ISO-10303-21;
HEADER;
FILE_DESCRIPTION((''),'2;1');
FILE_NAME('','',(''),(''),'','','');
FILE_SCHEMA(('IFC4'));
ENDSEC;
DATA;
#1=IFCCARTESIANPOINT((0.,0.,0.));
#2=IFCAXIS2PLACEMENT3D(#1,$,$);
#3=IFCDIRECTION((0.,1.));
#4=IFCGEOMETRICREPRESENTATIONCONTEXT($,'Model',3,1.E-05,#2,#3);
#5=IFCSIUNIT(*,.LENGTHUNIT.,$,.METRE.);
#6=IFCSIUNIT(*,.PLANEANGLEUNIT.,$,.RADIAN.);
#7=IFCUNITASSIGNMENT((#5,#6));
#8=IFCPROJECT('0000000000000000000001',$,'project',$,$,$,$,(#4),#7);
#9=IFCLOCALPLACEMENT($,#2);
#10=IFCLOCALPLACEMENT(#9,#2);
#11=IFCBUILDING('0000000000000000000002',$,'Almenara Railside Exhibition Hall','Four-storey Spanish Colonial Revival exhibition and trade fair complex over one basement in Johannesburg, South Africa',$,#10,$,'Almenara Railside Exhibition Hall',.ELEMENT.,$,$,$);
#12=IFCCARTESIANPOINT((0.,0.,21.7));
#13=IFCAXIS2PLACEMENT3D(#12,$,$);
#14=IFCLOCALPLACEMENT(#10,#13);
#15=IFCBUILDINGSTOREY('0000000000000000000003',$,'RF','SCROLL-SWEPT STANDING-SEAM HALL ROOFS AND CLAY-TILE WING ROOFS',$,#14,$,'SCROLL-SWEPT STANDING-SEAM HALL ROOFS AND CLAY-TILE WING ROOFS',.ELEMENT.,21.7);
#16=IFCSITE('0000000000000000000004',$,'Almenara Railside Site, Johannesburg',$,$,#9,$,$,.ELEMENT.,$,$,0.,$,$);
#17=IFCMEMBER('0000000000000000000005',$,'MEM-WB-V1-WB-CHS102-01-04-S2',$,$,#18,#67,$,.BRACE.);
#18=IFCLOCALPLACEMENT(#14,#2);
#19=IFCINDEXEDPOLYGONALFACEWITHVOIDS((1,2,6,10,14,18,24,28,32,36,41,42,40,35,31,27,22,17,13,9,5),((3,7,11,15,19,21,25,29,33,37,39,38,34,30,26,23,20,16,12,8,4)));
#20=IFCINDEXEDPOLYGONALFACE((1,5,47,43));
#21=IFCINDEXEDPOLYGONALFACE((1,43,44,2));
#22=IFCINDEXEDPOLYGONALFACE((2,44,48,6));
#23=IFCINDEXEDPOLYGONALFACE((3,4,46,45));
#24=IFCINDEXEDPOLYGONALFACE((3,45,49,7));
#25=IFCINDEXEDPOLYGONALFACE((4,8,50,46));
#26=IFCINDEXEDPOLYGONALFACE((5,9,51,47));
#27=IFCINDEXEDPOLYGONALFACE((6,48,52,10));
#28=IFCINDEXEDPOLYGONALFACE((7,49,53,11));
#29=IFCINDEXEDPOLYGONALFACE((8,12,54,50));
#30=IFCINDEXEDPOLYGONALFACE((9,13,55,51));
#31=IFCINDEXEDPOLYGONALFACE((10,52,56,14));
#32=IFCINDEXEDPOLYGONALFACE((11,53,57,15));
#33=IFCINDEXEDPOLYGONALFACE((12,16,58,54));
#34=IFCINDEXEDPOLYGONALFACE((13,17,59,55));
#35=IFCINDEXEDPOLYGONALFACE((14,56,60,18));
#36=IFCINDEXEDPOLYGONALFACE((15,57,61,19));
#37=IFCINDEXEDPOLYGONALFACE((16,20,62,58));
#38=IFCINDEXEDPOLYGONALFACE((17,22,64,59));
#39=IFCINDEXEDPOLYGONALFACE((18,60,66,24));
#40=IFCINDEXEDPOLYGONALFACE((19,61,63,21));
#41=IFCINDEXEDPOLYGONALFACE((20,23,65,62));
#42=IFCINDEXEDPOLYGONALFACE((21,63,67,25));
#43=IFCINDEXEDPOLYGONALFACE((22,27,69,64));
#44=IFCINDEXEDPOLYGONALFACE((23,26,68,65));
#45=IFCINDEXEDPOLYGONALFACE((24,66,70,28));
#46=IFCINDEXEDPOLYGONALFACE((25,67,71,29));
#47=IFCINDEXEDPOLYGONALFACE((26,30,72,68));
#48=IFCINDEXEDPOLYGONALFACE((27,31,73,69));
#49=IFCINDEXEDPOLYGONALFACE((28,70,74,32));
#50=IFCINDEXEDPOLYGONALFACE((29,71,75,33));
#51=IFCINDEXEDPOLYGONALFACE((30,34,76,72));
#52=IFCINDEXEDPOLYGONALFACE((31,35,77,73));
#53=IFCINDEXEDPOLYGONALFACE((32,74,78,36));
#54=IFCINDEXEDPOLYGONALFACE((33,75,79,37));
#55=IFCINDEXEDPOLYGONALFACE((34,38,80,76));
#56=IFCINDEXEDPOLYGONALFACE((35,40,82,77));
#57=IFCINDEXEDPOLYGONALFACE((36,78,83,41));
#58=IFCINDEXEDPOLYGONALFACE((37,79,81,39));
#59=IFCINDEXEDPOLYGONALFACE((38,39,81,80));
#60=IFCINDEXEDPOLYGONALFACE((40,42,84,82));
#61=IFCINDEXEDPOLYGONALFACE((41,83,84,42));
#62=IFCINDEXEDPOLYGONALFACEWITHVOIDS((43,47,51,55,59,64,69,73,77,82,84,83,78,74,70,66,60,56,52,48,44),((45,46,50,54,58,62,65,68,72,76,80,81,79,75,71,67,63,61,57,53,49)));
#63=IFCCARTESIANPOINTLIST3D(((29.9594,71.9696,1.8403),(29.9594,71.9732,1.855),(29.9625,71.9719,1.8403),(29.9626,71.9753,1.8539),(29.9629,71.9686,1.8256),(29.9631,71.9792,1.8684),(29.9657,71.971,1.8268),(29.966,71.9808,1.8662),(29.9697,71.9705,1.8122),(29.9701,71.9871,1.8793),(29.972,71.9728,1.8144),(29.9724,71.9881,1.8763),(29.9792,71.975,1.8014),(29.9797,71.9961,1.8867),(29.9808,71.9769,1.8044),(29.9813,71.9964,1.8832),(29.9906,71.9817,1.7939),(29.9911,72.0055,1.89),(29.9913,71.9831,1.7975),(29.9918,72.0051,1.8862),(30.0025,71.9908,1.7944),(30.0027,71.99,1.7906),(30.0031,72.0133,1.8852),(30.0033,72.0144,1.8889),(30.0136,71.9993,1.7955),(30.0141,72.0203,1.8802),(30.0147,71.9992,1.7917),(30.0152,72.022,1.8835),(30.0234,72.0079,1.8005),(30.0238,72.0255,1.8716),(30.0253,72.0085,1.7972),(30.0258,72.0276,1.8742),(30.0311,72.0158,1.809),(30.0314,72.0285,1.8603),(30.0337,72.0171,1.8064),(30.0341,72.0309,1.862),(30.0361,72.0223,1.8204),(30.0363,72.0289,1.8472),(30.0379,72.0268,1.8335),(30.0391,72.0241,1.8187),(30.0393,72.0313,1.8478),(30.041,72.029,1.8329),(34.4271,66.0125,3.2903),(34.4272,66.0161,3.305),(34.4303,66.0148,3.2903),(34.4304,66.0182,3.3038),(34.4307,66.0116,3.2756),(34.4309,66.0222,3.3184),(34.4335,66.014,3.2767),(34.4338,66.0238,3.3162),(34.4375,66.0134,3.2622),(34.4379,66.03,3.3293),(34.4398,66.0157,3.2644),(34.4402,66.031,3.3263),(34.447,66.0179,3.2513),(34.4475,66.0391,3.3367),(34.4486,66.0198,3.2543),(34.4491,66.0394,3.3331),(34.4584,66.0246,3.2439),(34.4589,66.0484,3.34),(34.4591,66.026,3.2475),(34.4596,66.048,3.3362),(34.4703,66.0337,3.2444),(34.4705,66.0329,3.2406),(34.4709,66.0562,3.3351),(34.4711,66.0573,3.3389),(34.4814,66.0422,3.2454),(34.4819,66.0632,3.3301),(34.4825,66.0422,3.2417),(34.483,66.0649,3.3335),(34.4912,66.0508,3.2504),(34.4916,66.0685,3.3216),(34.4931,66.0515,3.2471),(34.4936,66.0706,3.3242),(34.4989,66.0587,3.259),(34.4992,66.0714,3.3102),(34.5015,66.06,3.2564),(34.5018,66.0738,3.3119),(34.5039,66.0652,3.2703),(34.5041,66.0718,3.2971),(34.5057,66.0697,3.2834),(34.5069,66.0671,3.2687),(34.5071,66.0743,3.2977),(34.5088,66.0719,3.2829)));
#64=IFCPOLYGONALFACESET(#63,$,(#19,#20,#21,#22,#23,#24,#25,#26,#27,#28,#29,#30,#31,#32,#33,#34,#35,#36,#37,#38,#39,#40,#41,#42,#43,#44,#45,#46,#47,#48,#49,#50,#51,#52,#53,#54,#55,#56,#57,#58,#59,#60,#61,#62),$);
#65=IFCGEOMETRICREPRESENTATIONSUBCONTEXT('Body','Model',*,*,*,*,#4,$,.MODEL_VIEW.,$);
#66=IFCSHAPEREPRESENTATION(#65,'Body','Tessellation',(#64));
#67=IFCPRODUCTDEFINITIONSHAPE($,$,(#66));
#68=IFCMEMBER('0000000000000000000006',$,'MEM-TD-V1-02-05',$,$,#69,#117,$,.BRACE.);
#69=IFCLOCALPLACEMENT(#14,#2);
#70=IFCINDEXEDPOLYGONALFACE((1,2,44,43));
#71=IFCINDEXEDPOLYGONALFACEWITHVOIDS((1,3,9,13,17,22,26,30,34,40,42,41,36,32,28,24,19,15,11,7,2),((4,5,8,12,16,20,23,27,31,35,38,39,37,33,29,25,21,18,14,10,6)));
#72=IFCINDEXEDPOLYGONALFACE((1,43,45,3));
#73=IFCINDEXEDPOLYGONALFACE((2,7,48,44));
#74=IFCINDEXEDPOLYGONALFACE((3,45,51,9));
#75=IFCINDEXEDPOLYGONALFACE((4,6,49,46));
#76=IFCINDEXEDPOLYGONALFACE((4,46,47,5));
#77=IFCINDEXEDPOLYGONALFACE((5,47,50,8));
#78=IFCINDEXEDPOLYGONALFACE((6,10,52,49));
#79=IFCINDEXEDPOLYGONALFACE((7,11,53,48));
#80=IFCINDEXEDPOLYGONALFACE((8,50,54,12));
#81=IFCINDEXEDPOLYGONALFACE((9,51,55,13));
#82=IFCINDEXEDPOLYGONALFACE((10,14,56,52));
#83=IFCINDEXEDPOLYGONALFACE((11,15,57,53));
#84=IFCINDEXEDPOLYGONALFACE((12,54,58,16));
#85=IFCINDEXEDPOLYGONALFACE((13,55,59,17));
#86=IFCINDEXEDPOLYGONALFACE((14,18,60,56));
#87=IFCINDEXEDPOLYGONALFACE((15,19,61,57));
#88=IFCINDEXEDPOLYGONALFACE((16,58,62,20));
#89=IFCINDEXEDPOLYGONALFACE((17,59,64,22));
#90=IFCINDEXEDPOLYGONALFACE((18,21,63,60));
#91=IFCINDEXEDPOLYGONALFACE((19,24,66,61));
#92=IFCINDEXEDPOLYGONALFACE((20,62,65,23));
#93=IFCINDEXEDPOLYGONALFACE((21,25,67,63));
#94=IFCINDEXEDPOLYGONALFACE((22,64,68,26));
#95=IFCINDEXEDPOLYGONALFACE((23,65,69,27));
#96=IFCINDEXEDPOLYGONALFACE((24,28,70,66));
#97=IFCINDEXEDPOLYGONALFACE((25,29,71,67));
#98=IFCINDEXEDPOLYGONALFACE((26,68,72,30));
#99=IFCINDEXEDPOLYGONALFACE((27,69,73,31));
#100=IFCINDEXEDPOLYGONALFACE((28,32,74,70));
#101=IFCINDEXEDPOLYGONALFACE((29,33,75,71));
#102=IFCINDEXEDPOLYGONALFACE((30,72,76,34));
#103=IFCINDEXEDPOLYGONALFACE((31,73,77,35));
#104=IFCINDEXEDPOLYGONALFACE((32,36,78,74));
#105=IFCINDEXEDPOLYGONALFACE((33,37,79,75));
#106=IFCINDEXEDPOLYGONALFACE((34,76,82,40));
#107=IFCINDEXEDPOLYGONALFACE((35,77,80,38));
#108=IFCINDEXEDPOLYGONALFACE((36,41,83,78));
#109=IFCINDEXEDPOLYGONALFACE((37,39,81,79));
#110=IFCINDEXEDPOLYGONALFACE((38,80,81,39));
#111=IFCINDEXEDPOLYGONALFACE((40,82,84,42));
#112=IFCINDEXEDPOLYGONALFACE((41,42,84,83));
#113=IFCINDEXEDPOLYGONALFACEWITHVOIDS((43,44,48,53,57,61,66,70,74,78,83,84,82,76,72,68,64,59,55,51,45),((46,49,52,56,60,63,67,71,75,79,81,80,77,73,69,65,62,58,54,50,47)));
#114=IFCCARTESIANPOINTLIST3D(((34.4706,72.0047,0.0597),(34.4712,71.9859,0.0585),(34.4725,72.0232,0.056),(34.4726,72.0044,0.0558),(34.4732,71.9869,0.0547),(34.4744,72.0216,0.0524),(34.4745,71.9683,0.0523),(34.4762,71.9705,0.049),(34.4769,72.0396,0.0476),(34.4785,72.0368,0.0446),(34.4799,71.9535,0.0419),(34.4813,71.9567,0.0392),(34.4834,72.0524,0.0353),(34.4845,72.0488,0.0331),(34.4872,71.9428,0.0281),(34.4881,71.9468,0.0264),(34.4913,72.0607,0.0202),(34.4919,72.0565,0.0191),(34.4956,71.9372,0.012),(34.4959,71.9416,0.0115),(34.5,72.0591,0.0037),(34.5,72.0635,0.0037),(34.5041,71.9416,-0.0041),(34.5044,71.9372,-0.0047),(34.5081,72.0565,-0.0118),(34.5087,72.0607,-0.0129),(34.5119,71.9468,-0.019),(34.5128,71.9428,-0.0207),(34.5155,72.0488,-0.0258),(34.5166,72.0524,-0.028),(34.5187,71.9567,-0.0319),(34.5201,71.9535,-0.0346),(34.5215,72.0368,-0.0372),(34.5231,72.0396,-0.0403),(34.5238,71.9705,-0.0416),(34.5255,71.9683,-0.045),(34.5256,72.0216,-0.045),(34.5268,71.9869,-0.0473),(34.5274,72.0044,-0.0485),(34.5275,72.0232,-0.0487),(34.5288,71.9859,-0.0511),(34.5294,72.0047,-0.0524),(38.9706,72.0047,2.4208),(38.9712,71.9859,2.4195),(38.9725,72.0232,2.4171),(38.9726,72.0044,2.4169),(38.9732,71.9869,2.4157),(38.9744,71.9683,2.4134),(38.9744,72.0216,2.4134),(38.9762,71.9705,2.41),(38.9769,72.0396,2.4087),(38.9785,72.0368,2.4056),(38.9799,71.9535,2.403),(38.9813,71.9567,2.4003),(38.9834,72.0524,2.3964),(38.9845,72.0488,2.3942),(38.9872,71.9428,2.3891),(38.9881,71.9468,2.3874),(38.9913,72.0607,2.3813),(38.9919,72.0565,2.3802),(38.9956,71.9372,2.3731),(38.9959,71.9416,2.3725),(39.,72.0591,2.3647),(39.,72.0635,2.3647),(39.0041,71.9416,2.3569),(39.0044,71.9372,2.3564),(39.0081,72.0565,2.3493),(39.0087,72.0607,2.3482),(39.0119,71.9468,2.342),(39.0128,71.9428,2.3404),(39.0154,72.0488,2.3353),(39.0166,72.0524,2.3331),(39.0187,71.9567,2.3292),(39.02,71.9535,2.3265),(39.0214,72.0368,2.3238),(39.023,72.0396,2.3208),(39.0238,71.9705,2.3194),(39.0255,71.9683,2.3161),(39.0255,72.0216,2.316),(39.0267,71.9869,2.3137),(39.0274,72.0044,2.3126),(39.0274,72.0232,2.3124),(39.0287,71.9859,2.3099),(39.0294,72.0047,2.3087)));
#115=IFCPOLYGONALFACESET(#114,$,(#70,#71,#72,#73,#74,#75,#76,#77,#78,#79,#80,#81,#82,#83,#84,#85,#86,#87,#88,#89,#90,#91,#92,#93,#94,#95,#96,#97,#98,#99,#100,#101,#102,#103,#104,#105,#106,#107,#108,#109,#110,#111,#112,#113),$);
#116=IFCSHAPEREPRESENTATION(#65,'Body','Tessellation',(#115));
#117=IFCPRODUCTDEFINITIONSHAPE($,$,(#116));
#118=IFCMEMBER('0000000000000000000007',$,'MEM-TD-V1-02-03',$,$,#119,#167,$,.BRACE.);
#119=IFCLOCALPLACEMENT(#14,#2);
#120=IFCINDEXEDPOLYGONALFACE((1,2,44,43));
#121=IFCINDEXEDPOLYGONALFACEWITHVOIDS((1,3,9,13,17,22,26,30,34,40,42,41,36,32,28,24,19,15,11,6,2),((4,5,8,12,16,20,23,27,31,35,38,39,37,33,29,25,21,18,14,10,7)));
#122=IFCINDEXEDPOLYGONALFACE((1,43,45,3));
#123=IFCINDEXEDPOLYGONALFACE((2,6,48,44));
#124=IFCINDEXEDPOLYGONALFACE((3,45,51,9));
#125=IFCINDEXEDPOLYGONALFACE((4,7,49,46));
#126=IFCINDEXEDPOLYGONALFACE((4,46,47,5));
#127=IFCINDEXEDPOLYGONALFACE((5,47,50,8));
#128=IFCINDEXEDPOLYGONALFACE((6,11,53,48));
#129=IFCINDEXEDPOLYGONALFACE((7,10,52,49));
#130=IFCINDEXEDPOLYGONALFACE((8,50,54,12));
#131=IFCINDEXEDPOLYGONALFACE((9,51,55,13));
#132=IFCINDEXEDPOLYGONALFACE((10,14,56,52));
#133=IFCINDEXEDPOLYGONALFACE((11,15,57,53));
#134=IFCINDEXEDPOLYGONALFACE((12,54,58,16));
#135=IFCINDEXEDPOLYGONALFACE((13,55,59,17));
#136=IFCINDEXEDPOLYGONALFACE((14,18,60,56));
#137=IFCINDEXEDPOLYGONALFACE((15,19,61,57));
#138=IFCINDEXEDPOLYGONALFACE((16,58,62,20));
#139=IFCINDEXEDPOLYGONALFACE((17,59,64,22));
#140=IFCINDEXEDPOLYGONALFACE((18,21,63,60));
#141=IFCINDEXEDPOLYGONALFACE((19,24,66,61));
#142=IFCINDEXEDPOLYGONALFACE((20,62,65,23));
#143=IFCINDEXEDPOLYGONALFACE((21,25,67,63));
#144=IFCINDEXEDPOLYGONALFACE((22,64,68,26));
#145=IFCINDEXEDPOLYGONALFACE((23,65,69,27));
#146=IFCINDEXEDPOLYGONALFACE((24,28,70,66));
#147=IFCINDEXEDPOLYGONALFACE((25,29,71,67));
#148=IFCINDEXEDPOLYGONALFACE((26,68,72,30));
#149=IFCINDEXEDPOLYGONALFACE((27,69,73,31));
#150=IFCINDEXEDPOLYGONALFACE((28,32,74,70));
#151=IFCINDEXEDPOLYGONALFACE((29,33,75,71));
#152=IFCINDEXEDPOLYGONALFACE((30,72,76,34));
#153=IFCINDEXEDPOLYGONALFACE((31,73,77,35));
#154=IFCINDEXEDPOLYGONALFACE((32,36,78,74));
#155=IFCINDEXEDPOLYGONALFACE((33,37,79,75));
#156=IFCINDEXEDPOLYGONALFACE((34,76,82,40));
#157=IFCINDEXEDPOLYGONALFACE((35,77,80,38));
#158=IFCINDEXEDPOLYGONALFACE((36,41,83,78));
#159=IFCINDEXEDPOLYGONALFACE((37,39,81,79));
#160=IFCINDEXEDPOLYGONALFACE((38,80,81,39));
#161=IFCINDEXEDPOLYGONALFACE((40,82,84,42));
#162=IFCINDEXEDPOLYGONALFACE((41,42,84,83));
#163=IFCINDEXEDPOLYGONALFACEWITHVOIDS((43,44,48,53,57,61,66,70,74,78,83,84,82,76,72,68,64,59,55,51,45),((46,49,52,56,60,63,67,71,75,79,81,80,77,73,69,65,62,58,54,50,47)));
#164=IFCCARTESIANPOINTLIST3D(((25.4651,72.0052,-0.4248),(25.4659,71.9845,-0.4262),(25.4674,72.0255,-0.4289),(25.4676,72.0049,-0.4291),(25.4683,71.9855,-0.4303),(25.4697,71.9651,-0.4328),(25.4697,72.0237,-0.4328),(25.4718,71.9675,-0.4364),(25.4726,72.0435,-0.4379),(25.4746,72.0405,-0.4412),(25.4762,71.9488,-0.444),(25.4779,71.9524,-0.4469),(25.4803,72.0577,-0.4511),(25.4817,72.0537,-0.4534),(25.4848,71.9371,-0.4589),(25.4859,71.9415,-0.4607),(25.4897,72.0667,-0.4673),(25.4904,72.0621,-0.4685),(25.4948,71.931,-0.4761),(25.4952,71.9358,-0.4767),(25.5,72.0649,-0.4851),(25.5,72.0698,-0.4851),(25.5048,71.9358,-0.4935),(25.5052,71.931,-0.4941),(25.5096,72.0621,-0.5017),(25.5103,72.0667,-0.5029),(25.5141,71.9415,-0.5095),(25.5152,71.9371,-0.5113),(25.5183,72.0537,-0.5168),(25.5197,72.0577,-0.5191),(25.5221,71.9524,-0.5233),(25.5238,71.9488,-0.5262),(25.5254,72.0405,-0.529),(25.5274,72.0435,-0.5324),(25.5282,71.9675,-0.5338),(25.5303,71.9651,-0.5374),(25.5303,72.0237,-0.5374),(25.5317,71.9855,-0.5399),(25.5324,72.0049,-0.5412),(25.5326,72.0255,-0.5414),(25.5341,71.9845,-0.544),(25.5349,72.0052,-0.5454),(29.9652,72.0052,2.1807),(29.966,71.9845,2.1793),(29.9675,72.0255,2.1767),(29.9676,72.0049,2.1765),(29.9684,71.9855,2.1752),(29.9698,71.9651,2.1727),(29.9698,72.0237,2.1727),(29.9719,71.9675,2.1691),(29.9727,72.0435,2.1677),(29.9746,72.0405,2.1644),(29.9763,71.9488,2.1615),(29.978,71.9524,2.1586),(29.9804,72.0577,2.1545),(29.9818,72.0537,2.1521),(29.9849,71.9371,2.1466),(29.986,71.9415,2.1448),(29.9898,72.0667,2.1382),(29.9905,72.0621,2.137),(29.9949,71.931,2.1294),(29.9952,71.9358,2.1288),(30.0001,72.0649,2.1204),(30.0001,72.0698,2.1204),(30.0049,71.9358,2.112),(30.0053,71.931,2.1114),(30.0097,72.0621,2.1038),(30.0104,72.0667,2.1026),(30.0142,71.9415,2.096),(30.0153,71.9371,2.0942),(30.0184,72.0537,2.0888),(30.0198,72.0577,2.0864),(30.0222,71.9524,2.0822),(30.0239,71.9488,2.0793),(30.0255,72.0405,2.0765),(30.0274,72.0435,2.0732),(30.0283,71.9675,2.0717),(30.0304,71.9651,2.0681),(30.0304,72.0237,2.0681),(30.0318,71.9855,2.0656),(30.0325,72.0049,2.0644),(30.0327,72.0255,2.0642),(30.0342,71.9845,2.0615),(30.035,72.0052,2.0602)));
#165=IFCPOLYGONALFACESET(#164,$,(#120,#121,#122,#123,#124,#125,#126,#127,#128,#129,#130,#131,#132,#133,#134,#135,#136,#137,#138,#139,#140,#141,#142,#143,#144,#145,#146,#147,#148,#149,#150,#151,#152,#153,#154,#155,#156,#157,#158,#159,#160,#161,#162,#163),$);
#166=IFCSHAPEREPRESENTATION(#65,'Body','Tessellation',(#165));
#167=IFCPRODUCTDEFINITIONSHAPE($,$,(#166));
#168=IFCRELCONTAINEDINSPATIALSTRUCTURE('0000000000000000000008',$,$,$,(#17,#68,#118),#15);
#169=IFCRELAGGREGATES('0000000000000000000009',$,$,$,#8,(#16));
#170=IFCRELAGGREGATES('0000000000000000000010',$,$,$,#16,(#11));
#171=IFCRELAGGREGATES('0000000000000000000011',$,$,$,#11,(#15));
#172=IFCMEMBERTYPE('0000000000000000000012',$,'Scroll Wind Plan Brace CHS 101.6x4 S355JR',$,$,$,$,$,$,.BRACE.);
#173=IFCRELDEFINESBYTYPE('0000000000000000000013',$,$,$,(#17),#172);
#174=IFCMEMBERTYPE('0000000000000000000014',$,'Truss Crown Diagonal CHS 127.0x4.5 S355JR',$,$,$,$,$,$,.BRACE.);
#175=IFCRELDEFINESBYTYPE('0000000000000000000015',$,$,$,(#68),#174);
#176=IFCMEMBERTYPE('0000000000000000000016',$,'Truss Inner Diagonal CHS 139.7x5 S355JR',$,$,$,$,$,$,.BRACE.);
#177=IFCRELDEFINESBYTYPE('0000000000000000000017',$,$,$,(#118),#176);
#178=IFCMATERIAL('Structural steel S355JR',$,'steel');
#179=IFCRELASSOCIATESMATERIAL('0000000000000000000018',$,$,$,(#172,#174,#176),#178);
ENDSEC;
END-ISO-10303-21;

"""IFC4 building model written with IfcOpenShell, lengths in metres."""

from ifc_helpers import new_model, si_unit, direction, frame, origin, origin_2d, place, context, subcontext, project, spatial, hollow_circle, extrude, material, material_profile, profile_set, type_object, element, save


model = new_model("IFC4")

# Units and contexts
model_context = context("Model", 3, precision=1e-05, world=origin(), true_north=direction((0.0, 1.0)))
body_context = subcontext(model_context, "Body", "Model", "MODEL_VIEW")
ifc_project = project(units=[si_unit("LENGTHUNIT", "METRE"), si_unit("PLANEANGLEUNIT", "RADIAN")], contexts=[model_context])

# Site, building, storey
site_placement = place(None, origin())
site = spatial("IfcSite", under=ifc_project, at=site_placement, Name="Almenara Railside Site, Johannesburg", CompositionType="ELEMENT", RefElevation=0.0)
building_placement = place(site_placement, origin())
building = spatial("IfcBuilding", under=site, at=building_placement, Name="Almenara Railside Exhibition Hall", Description="Four-storey Spanish Colonial Revival exhibition and trade fair complex over one basement in Johannesburg, South Africa", LongName="Almenara Railside Exhibition Hall", CompositionType="ELEMENT")
storey_placement = place(building_placement, frame((0.0, 0.0, 21.7)))
storey = spatial("IfcBuildingStorey", under=building, at=storey_placement, Name="RF", Description="SCROLL-SWEPT STANDING-SEAM HALL ROOFS AND CLAY-TILE WING ROOFS", LongName="SCROLL-SWEPT STANDING-SEAM HALL ROOFS AND CLAY-TILE WING ROOFS", CompositionType="ELEMENT", Elevation=21.7)

# Members
ifc_material_1 = material(Name="Structural steel S355JR", Category="steel")
ifc_material_profile_1 = material_profile(ifc_material_1, hollow_circle(Radius=0.0508, WallThickness=0.0039, at=origin_2d()), Name="CHS 101.6x4")
ifc_profile_set_1 = profile_set([ifc_material_profile_1], Name="Structural steel S355JR")
member_type_1 = type_object("IfcMemberType", Name="Scroll Wind Plan Brace CHS 101.6x4 S355JR", PredefinedType="BRACE", material=ifc_profile_set_1)
member_1_placement = place(storey_placement, frame((34.4678, 66.043, 3.2903), z_axis=(-0.588939, 0.785252, -0.191132), x_axis=(-0.8, -0.6, 0.0)))
element("IfcMember", 1, at=member_1_placement, inside=storey, type_object=member_type_1, Name="MEM-WB-V1-WB-CHS102-01-04-S2", PredefinedType="BRACE", context=body_context, shape_type="SweptSolid", body=[
    extrude(hollow_circle(Radius=0.0508, WallThickness=0.0039, at=origin_2d()), origin(), (0.0, 0.0, 1.0), 7.5862),
])
ifc_material_profile_2 = material_profile(ifc_material_1, hollow_circle(Radius=0.0635, WallThickness=0.0044, at=origin_2d()), Name="CHS 127.0x4.5")
ifc_profile_set_2 = profile_set([ifc_material_profile_2], Name="Structural steel S355JR")
member_type_2 = type_object("IfcMemberType", Name="Truss Crown Diagonal CHS 127.0x4.5 S355JR", PredefinedType="BRACE", material=ifc_profile_set_2)
member_2_placement = place(storey_placement, frame((34.5, 72.0, 0.0037), z_axis=(0.885513, 0.0, 0.464615), x_axis=(0.0, 1.0, 0.0)))
element("IfcMember", 2, at=member_2_placement, inside=storey, type_object=member_type_2, Name="MEM-TD-V1-02-05", PredefinedType="BRACE", context=body_context, shape_type="SweptSolid", body=[
    extrude(hollow_circle(Radius=0.0635, WallThickness=0.0044, at=origin_2d()), origin(), (0.0, 0.0, 1.0), 5.0818),
])
ifc_material_profile_3 = material_profile(ifc_material_1, hollow_circle(Radius=0.0698, WallThickness=0.0049, at=origin_2d()), Name="CHS 139.7x5")
ifc_profile_set_3 = profile_set([ifc_material_profile_3], Name="Structural steel S355JR")
member_type_3 = type_object("IfcMemberType", Name="Truss Inner Diagonal CHS 139.7x5 S355JR", PredefinedType="BRACE", material=ifc_profile_set_3)
member_3_placement = place(storey_placement, frame((25.5, 72.0, -0.4851), z_axis=(0.865409, 0.0, 0.501066), x_axis=(0.0, 1.0, 0.0)))
element("IfcMember", 3, at=member_3_placement, inside=storey, type_object=member_type_3, Name="MEM-TD-V1-02-03", PredefinedType="BRACE", context=body_context, shape_type="SweptSolid", body=[
    extrude(hollow_circle(Radius=0.0698, WallThickness=0.0049, at=origin_2d()), origin(), (0.0, 0.0, 1.0), 5.2),
])

save(model, "model.ifc")
